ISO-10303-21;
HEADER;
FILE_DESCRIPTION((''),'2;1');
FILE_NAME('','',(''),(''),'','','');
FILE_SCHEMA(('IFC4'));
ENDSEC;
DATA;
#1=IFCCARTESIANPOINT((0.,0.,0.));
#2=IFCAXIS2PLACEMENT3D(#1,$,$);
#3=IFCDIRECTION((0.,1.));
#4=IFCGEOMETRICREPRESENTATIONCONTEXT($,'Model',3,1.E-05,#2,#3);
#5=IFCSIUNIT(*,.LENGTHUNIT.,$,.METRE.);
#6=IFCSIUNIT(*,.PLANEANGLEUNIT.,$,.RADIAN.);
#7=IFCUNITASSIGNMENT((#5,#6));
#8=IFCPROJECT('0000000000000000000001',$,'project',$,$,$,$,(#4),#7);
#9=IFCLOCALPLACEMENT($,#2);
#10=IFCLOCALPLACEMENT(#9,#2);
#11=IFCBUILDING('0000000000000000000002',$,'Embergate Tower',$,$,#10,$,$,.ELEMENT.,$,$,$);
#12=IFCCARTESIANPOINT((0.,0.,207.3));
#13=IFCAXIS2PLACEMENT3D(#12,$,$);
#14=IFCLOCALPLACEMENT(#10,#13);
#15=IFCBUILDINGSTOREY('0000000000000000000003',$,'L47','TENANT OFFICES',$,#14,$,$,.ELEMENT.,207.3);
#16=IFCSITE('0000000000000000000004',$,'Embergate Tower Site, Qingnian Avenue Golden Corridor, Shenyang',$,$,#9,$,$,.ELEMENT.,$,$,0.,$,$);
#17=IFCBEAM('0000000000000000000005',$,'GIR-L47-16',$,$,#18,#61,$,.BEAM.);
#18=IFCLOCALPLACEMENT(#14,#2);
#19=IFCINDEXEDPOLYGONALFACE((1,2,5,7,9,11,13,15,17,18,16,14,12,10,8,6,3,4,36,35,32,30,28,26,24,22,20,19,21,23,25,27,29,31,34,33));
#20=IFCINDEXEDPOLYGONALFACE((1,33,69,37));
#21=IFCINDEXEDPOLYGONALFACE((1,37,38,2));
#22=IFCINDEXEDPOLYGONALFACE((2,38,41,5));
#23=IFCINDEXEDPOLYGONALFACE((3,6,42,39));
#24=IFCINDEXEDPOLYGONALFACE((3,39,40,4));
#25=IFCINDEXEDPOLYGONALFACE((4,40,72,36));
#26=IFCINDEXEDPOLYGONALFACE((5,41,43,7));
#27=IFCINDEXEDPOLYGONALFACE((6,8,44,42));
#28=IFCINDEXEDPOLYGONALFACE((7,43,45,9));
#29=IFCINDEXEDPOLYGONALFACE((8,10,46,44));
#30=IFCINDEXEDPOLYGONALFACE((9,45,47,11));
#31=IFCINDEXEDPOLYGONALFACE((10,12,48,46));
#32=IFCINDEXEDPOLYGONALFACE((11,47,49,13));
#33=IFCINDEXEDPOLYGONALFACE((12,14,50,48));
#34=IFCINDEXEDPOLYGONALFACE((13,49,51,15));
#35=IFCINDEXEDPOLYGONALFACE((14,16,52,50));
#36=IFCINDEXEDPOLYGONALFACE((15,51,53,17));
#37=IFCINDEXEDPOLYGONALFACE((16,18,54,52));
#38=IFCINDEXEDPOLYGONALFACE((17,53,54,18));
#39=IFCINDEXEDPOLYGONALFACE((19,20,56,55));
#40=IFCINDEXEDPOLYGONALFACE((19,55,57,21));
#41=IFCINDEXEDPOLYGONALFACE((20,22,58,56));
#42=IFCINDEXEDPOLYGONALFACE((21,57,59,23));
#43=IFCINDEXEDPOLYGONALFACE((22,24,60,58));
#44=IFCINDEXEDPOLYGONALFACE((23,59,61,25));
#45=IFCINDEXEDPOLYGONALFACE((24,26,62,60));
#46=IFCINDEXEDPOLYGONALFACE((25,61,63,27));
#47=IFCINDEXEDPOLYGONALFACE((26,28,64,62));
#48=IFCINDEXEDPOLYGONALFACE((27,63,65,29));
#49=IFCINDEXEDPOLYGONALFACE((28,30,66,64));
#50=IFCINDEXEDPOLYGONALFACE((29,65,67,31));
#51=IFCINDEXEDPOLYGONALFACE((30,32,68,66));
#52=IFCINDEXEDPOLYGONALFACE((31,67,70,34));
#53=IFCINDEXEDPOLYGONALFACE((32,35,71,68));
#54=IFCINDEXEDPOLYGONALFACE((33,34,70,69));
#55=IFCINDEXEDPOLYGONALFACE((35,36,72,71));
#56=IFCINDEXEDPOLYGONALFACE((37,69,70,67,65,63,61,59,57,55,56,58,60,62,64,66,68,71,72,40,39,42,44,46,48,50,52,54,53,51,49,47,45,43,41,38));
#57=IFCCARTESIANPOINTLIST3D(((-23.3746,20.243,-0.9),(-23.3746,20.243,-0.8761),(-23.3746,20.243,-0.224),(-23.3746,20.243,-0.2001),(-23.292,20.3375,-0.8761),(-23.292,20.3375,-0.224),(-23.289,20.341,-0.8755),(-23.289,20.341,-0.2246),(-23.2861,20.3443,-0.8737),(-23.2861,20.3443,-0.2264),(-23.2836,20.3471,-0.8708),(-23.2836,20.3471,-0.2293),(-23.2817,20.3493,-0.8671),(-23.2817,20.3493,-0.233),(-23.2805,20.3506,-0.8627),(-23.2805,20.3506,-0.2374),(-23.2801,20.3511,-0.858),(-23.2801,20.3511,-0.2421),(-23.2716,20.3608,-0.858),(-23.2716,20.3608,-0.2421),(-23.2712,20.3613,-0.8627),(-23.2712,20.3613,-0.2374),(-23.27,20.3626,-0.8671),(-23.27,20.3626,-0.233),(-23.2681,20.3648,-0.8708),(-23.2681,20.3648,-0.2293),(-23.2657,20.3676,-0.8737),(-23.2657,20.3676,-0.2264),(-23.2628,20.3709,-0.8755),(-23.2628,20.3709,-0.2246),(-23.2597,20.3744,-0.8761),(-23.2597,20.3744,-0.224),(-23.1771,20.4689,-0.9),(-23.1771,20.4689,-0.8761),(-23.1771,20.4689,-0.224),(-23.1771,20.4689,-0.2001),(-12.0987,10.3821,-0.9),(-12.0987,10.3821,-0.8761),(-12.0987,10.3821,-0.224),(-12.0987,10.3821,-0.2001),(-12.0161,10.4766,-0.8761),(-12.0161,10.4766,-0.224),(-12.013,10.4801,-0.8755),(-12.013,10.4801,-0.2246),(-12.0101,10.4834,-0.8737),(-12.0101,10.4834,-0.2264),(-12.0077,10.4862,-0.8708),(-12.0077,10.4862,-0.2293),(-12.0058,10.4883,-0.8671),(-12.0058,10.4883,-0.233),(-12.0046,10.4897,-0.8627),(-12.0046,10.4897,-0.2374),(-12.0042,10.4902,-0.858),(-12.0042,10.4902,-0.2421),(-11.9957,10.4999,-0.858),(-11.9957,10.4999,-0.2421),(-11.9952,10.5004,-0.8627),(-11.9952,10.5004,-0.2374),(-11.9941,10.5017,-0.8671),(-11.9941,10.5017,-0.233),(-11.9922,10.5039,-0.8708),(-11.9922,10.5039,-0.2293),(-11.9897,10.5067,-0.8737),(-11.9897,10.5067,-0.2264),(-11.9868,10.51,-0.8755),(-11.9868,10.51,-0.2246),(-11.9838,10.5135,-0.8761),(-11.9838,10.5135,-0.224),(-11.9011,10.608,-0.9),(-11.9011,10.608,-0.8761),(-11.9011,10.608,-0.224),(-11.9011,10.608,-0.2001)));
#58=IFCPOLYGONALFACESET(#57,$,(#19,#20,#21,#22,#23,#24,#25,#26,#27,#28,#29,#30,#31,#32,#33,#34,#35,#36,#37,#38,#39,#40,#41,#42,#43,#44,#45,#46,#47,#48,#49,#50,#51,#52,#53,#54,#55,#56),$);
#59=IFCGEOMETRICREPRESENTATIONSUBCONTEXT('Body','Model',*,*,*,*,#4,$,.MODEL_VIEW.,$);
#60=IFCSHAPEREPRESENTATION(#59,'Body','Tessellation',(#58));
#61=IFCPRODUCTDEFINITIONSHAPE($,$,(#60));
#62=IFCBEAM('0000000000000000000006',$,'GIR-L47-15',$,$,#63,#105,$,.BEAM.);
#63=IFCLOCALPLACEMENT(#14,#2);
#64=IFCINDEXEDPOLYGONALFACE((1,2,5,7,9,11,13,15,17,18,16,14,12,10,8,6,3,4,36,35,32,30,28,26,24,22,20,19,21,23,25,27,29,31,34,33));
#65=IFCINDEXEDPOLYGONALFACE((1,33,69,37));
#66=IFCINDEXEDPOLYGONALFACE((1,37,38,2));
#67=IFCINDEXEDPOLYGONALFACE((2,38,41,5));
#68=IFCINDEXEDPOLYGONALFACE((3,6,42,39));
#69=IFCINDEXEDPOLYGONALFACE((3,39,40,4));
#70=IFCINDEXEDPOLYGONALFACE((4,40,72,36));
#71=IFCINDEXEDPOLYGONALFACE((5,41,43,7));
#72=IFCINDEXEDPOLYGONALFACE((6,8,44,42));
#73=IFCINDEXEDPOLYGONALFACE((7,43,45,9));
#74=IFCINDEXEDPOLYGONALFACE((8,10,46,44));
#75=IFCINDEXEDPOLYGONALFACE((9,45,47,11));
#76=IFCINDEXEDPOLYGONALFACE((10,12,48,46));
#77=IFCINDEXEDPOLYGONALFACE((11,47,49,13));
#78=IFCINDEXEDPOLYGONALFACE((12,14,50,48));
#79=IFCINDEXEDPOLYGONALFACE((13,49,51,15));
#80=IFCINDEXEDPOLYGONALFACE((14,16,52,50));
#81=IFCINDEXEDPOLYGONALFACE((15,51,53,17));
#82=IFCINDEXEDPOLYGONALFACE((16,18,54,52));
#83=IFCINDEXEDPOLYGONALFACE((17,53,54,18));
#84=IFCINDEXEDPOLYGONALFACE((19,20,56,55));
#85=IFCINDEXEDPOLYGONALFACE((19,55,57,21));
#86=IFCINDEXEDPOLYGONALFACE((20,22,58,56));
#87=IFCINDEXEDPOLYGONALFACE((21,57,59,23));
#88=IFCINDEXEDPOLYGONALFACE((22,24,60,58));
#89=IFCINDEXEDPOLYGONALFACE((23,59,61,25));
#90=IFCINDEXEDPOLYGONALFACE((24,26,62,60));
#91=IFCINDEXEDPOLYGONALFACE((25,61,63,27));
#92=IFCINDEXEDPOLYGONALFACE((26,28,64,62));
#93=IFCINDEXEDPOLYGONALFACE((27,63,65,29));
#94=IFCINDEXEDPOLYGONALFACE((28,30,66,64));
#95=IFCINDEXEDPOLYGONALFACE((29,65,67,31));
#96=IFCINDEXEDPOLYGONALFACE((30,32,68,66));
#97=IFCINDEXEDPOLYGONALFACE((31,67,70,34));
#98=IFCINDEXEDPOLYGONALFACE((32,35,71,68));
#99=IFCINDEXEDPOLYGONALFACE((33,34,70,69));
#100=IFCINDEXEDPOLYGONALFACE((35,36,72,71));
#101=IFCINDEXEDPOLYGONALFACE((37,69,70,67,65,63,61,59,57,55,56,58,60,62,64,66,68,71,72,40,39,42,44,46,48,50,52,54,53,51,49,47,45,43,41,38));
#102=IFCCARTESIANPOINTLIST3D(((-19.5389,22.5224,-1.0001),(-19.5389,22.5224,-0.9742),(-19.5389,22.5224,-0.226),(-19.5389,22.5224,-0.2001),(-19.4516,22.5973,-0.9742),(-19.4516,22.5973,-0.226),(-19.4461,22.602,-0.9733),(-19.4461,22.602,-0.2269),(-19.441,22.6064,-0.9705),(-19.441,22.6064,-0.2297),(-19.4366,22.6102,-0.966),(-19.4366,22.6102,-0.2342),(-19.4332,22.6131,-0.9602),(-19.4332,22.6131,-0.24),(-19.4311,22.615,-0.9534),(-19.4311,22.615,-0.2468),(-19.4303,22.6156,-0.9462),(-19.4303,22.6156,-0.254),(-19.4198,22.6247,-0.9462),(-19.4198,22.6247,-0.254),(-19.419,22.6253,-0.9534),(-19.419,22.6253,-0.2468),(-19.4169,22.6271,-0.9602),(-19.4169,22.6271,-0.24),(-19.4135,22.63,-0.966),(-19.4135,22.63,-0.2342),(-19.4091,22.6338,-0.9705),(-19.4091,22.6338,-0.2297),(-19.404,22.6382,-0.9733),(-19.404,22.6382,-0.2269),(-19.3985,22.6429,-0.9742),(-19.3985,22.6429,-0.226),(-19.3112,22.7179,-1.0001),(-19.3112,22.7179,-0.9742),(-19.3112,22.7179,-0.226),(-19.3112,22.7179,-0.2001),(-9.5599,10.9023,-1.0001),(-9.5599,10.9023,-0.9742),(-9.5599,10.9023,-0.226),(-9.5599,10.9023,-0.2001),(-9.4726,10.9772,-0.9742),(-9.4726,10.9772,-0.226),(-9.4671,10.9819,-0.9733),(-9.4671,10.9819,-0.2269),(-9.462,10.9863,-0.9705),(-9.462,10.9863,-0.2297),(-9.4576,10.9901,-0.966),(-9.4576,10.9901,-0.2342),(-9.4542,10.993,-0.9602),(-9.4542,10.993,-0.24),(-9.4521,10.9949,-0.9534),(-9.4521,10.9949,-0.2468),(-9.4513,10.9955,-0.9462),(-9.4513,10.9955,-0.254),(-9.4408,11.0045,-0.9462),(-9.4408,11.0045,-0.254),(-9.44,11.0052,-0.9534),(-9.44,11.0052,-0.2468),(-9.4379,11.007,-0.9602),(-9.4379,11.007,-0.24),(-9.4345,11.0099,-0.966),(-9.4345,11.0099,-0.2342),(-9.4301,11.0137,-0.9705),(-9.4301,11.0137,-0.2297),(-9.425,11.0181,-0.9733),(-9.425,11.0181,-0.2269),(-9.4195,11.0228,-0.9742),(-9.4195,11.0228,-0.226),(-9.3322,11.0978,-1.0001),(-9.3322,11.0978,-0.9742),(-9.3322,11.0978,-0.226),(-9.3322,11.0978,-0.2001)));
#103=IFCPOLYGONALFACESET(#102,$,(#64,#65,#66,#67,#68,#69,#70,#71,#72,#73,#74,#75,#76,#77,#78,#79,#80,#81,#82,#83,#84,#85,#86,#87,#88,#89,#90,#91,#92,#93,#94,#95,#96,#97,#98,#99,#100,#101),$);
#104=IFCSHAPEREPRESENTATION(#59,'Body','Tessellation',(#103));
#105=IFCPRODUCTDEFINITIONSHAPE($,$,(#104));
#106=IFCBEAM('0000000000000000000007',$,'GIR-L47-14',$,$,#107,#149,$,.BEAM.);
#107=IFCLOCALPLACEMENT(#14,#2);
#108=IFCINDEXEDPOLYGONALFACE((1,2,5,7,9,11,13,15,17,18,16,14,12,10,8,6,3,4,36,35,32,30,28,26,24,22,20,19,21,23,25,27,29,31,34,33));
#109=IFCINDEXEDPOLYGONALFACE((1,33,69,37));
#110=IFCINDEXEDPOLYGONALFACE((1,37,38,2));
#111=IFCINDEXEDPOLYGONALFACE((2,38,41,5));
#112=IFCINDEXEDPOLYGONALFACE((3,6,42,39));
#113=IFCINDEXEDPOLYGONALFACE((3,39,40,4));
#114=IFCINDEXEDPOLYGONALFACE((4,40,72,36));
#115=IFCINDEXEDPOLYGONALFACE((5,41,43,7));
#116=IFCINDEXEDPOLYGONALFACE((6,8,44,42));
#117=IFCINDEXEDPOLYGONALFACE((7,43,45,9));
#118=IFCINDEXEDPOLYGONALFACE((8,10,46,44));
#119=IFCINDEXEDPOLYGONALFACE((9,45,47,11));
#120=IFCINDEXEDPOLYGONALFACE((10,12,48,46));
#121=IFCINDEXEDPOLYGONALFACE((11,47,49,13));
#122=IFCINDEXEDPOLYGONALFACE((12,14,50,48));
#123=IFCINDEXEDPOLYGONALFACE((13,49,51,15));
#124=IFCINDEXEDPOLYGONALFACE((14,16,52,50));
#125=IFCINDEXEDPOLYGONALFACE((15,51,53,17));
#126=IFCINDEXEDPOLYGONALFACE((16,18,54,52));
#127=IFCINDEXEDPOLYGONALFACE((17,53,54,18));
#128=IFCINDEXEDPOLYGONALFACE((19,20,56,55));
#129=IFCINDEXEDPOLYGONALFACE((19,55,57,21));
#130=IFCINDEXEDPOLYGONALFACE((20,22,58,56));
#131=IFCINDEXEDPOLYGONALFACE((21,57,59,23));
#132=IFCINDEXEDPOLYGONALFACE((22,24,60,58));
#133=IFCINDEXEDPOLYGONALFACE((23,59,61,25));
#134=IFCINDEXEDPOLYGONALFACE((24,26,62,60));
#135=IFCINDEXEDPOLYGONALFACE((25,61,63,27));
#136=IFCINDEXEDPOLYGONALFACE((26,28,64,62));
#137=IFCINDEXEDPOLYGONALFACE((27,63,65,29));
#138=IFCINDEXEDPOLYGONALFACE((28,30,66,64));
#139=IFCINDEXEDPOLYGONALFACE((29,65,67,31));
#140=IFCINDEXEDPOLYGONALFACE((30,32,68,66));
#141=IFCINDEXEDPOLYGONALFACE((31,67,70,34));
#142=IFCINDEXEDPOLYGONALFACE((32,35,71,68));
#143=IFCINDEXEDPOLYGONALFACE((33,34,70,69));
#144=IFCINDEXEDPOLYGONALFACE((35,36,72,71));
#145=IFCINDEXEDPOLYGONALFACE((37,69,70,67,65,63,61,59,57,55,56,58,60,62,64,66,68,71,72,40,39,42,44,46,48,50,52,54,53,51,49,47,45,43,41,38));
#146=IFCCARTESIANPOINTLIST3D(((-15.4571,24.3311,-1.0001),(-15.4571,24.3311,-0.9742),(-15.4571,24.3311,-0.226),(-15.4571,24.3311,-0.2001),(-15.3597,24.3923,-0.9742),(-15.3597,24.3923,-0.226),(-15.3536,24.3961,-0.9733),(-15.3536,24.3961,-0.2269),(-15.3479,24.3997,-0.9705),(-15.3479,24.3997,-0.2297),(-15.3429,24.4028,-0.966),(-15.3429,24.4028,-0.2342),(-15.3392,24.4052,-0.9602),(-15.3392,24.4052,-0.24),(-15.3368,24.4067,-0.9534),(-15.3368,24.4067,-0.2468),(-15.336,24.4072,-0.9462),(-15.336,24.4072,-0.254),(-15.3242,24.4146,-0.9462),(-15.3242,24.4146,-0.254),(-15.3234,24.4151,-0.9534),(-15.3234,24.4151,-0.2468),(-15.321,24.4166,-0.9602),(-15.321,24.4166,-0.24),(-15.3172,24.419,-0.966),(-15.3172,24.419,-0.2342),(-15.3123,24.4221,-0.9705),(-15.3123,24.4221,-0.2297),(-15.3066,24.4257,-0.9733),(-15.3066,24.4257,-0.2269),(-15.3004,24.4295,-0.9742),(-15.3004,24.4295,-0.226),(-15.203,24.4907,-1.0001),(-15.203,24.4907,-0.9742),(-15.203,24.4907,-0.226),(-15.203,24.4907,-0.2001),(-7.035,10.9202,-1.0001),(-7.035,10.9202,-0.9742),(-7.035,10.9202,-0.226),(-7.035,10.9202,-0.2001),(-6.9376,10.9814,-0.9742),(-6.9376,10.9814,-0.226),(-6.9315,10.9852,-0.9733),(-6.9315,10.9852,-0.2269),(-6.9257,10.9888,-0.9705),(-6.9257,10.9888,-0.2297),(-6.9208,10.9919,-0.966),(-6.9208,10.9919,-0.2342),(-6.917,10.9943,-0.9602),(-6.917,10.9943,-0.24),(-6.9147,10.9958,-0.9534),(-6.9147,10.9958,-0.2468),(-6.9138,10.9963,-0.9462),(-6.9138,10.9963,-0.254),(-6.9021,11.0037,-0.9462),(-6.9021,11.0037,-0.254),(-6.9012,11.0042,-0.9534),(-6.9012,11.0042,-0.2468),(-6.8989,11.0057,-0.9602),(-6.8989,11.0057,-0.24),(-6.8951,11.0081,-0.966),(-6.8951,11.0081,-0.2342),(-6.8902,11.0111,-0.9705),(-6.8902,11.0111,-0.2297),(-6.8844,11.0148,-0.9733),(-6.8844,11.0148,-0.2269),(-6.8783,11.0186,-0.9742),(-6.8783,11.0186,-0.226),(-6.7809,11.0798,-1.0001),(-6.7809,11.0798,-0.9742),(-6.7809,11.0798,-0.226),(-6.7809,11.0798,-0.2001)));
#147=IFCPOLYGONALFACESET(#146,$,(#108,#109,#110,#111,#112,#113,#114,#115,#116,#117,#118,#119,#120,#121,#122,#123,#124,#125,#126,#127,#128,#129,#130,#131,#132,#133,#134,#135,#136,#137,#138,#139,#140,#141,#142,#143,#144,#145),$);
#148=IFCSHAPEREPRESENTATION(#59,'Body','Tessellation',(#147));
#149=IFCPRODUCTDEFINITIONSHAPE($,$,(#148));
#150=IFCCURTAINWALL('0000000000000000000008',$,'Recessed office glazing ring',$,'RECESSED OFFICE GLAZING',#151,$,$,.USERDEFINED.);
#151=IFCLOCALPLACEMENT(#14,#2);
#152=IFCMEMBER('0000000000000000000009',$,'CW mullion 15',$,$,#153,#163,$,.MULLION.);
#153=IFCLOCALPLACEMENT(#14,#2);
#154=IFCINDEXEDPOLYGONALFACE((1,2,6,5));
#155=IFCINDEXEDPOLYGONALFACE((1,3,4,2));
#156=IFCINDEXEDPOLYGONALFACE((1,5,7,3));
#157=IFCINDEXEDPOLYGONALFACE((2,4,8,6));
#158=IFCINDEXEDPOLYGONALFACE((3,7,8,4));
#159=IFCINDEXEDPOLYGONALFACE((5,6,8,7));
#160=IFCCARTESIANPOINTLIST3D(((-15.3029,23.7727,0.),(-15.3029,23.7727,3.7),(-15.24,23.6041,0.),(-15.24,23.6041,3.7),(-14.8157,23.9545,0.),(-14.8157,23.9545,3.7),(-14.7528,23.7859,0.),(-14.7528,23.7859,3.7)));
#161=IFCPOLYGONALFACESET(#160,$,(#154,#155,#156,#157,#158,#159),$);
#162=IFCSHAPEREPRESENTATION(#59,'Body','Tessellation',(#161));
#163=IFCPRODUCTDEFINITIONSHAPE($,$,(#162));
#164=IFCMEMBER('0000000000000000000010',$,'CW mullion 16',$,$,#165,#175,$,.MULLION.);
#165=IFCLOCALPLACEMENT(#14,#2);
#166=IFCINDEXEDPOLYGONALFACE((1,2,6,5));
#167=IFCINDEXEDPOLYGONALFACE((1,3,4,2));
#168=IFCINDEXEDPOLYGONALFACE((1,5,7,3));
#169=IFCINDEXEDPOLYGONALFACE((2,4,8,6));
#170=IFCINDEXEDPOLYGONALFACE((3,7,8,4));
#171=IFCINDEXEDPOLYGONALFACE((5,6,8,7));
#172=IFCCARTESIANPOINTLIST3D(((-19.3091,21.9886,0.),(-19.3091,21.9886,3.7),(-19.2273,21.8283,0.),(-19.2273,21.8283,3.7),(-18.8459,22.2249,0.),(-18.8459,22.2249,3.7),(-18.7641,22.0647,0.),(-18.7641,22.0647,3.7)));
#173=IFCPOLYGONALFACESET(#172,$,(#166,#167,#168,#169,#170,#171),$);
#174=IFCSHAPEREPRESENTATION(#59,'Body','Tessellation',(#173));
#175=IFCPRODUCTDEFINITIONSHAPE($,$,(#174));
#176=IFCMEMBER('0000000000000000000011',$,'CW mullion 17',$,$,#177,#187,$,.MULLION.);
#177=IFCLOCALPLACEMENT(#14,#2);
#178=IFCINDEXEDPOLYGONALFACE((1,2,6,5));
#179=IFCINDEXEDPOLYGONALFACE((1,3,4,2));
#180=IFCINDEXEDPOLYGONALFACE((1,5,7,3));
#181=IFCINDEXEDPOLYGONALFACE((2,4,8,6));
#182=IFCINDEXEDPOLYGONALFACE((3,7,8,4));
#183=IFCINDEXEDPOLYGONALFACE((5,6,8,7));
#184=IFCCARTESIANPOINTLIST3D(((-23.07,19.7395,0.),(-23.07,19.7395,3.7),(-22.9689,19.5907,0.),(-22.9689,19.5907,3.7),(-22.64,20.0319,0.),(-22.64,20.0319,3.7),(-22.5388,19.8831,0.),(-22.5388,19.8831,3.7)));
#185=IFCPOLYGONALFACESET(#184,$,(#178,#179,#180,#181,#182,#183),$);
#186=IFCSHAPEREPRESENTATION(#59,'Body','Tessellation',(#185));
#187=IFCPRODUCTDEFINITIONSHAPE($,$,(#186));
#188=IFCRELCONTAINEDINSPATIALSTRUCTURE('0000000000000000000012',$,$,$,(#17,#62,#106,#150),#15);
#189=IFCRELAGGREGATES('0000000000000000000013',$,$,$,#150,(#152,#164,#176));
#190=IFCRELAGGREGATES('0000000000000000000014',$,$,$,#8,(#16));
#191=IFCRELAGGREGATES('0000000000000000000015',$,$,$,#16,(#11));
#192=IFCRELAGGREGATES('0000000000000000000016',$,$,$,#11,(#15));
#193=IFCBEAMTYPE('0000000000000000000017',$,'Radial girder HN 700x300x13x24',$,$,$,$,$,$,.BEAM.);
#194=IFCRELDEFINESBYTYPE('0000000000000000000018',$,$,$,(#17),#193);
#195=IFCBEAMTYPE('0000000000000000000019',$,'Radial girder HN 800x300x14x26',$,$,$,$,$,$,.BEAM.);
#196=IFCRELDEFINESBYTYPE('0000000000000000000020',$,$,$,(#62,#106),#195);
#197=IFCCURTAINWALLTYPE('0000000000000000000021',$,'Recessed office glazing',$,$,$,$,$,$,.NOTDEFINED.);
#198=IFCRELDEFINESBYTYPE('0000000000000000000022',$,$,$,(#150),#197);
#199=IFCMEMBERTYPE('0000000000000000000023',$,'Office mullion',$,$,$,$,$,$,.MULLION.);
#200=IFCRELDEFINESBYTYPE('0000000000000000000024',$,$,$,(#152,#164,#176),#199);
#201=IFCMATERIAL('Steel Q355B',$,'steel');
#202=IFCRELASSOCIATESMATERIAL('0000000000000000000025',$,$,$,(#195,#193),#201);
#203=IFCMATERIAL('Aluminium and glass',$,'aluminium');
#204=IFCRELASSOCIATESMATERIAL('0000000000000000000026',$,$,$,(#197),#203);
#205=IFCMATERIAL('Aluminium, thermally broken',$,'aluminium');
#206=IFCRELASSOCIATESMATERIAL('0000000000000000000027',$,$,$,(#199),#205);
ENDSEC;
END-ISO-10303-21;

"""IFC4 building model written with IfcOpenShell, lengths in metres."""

from ifc_helpers import new_model, si_unit, direction, frame, origin, origin_2d, place, context, subcontext, project, spatial, rectangle, i_section, extrude, source, transform, mapped, material, material_profile, profile_set, type_object, element, aggregate, save


model = new_model("IFC4")

# Units and contexts
model_context = context("Model", 3, precision=1e-05, world=origin(), true_north=direction((0.0, 1.0)))
body_context = subcontext(model_context, "Body", "Model", "MODEL_VIEW")
ifc_project = project(units=[si_unit("LENGTHUNIT", "METRE"), si_unit("PLANEANGLEUNIT", "RADIAN")], contexts=[model_context])

# Site, building, storey
site_placement = place(None, origin())
site = spatial("IfcSite", under=ifc_project, at=site_placement, Name="Embergate Tower Site, Qingnian Avenue Golden Corridor, Shenyang", CompositionType="ELEMENT", RefElevation=0.0)
building_placement = place(site_placement, origin())
building = spatial("IfcBuilding", under=site, at=building_placement, Name="Embergate Tower", CompositionType="ELEMENT")
storey_placement = place(building_placement, frame((0.0, 0.0, 207.3)))
storey = spatial("IfcBuildingStorey", under=building, at=storey_placement, Name="L47", Description="TENANT OFFICES", CompositionType="ELEMENT", Elevation=207.3)

# Beams
ifc_material_1 = material(Name="Steel Q355B", Category="steel")
ifc_material_profile_1 = material_profile(ifc_material_1, i_section(OverallWidth=0.3, OverallDepth=0.8, WebThickness=0.0139, FlangeThickness=0.0259, FilletRadius=0.0281, at=origin_2d()), Name="HN 800x300x14x26")
ifc_profile_set_1 = profile_set([ifc_material_profile_1], Name="Steel Q355 grade B")
beam_type_1 = type_object("IfcBeamType", Name="Radial girder HN 800x300x14x26", PredefinedType="BEAM", material=ifc_profile_set_1)
ifc_material_profile_2 = material_profile(ifc_material_1, i_section(OverallWidth=0.3, OverallDepth=0.7, WebThickness=0.0129, FlangeThickness=0.0239, FilletRadius=0.0181, at=origin_2d()), Name="HN 700x300x13x24")
ifc_profile_set_2 = profile_set([ifc_material_profile_2], Name="Steel Q355 grade B")
beam_type_2 = type_object("IfcBeamType", Name="Radial girder HN 700x300x13x24", PredefinedType="BEAM", material=ifc_profile_set_2)
shared_shape_1 = source(origin(), body_context, "Body", "SweptSolid", [
    extrude(i_section(OverallWidth=0.3, OverallDepth=0.7, WebThickness=0.0129, FlangeThickness=0.0239, FilletRadius=0.0181, at=origin_2d()), origin(), (0.0, 0.0, 1.0), 14.9795),
])
beam_1_placement = place(storey_placement, frame((-23.2759, 20.356, -0.55), z_axis=(0.75276, -0.658295, 0.0), x_axis=(0.658295, 0.75276, 0.0)))
element("IfcBeam", 1, at=beam_1_placement, inside=storey, type_object=beam_type_2, Name="GIR-L47-16", PredefinedType="BEAM", context=body_context, shape_type="MappedRepresentation", body=[
    mapped(shared_shape_1, transform((0.0, 0.0, 0.0))),
])
shared_shape_2 = source(origin(), body_context, "Body", "SweptSolid", [
    extrude(i_section(OverallWidth=0.3, OverallDepth=0.8, WebThickness=0.0139, FlangeThickness=0.0259, FilletRadius=0.0281, at=origin_2d()), origin(), (0.0, 0.0, 1.0), 15.3169),
])
beam_2_placement = place(storey_placement, frame((-19.425, 22.6201, -0.6001), z_axis=(0.651503, -0.758646, 0.0), x_axis=(0.758646, 0.651503, 0.0)))
element("IfcBeam", 2, at=beam_2_placement, inside=storey, type_object=beam_type_1, Name="GIR-L47-15", PredefinedType="BEAM", context=body_context, shape_type="MappedRepresentation", body=[
    mapped(shared_shape_2, transform((0.0, 0.0, 0.0))),
])
shared_shape_3 = source(origin(), body_context, "Body", "SweptSolid", [
    extrude(i_section(OverallWidth=0.3, OverallDepth=0.8, WebThickness=0.0139, FlangeThickness=0.0259, FilletRadius=0.0281, at=origin_2d()), origin(), (0.0, 0.0, 1.0), 15.8362),
])
beam_3_placement = place(storey_placement, frame((-15.3301, 24.4109, -0.6001), z_axis=(0.531828, -0.846852, 0.0), x_axis=(0.846852, 0.531828, 0.0)))
element("IfcBeam", 3, at=beam_3_placement, inside=storey, type_object=beam_type_1, Name="GIR-L47-14", PredefinedType="BEAM", context=body_context, shape_type="MappedRepresentation", body=[
    mapped(shared_shape_3, transform((0.0, 0.0, 0.0))),
])

# Curtain wall, members
ifc_material_2 = material(Name="Aluminium and glass", Category="aluminium")
curtain_wall_type = type_object("IfcCurtainWallType", Name="Recessed office glazing", PredefinedType="NOTDEFINED", material=ifc_material_2)
curtain_wall_placement = place(storey_placement, origin())
curtain_wall = element("IfcCurtainWall", 4, at=curtain_wall_placement, inside=storey, type_object=curtain_wall_type, Name="Recessed office glazing ring", ObjectType="RECESSED OFFICE GLAZING", PredefinedType="USERDEFINED")
ifc_material_3 = material(Name="Aluminium, thermally broken", Category="aluminium")
ifc_material_profile_3 = material_profile(ifc_material_3, rectangle(XDim=0.1799, YDim=0.52, at=origin_2d()), Name="AL 520x180")
ifc_profile_set_3 = profile_set([ifc_material_profile_3], Name="Aluminium, thermally broken")
member_type_1 = type_object("IfcMemberType", Name="Office mullion", PredefinedType="MULLION", material=ifc_profile_set_3)
shared_shape_4 = source(origin(), body_context, "Body", "SweptSolid", [
    extrude(rectangle(XDim=0.1799, YDim=0.52, at=origin_2d()), origin(), (0.0, 0.0, 1.0), 3.7),
])
member_1_placement = place(storey_placement, frame((-15.0278, 23.7793, 0.0), z_axis=(0.0, 0.0, 1.0), x_axis=(0.349506, -0.936934, 0.0)))
member_1 = element("IfcMember", 5, at=member_1_placement, type_object=member_type_1, Name="CW mullion 15", PredefinedType="MULLION", context=body_context, shape_type="MappedRepresentation", body=[
    mapped(shared_shape_4, transform((0.0, 0.0, 0.0))),
])
member_2_placement = place(storey_placement, frame((-19.0366, 22.0266, 0.0), z_axis=(0.0, 0.0, 1.0), x_axis=(0.454514, -0.890739, 0.0)))
member_2 = element("IfcMember", 6, at=member_2_placement, type_object=member_type_1, Name="CW mullion 16", PredefinedType="MULLION", context=body_context, shape_type="MappedRepresentation", body=[
    mapped(shared_shape_4, transform((0.0, 0.0, 0.0))),
])
member_3_placement = place(storey_placement, frame((-22.8044, 19.8113, 0.0), z_axis=(0.0, 0.0, 1.0), x_axis=(0.562221, -0.826987, 0.0)))
member_3 = element("IfcMember", 7, at=member_3_placement, type_object=member_type_1, Name="CW mullion 17", PredefinedType="MULLION", context=body_context, shape_type="MappedRepresentation", body=[
    mapped(shared_shape_4, transform((0.0, 0.0, 0.0))),
])
aggregate(curtain_wall, [member_1, member_2, member_3])

save(model, "model.ifc")
